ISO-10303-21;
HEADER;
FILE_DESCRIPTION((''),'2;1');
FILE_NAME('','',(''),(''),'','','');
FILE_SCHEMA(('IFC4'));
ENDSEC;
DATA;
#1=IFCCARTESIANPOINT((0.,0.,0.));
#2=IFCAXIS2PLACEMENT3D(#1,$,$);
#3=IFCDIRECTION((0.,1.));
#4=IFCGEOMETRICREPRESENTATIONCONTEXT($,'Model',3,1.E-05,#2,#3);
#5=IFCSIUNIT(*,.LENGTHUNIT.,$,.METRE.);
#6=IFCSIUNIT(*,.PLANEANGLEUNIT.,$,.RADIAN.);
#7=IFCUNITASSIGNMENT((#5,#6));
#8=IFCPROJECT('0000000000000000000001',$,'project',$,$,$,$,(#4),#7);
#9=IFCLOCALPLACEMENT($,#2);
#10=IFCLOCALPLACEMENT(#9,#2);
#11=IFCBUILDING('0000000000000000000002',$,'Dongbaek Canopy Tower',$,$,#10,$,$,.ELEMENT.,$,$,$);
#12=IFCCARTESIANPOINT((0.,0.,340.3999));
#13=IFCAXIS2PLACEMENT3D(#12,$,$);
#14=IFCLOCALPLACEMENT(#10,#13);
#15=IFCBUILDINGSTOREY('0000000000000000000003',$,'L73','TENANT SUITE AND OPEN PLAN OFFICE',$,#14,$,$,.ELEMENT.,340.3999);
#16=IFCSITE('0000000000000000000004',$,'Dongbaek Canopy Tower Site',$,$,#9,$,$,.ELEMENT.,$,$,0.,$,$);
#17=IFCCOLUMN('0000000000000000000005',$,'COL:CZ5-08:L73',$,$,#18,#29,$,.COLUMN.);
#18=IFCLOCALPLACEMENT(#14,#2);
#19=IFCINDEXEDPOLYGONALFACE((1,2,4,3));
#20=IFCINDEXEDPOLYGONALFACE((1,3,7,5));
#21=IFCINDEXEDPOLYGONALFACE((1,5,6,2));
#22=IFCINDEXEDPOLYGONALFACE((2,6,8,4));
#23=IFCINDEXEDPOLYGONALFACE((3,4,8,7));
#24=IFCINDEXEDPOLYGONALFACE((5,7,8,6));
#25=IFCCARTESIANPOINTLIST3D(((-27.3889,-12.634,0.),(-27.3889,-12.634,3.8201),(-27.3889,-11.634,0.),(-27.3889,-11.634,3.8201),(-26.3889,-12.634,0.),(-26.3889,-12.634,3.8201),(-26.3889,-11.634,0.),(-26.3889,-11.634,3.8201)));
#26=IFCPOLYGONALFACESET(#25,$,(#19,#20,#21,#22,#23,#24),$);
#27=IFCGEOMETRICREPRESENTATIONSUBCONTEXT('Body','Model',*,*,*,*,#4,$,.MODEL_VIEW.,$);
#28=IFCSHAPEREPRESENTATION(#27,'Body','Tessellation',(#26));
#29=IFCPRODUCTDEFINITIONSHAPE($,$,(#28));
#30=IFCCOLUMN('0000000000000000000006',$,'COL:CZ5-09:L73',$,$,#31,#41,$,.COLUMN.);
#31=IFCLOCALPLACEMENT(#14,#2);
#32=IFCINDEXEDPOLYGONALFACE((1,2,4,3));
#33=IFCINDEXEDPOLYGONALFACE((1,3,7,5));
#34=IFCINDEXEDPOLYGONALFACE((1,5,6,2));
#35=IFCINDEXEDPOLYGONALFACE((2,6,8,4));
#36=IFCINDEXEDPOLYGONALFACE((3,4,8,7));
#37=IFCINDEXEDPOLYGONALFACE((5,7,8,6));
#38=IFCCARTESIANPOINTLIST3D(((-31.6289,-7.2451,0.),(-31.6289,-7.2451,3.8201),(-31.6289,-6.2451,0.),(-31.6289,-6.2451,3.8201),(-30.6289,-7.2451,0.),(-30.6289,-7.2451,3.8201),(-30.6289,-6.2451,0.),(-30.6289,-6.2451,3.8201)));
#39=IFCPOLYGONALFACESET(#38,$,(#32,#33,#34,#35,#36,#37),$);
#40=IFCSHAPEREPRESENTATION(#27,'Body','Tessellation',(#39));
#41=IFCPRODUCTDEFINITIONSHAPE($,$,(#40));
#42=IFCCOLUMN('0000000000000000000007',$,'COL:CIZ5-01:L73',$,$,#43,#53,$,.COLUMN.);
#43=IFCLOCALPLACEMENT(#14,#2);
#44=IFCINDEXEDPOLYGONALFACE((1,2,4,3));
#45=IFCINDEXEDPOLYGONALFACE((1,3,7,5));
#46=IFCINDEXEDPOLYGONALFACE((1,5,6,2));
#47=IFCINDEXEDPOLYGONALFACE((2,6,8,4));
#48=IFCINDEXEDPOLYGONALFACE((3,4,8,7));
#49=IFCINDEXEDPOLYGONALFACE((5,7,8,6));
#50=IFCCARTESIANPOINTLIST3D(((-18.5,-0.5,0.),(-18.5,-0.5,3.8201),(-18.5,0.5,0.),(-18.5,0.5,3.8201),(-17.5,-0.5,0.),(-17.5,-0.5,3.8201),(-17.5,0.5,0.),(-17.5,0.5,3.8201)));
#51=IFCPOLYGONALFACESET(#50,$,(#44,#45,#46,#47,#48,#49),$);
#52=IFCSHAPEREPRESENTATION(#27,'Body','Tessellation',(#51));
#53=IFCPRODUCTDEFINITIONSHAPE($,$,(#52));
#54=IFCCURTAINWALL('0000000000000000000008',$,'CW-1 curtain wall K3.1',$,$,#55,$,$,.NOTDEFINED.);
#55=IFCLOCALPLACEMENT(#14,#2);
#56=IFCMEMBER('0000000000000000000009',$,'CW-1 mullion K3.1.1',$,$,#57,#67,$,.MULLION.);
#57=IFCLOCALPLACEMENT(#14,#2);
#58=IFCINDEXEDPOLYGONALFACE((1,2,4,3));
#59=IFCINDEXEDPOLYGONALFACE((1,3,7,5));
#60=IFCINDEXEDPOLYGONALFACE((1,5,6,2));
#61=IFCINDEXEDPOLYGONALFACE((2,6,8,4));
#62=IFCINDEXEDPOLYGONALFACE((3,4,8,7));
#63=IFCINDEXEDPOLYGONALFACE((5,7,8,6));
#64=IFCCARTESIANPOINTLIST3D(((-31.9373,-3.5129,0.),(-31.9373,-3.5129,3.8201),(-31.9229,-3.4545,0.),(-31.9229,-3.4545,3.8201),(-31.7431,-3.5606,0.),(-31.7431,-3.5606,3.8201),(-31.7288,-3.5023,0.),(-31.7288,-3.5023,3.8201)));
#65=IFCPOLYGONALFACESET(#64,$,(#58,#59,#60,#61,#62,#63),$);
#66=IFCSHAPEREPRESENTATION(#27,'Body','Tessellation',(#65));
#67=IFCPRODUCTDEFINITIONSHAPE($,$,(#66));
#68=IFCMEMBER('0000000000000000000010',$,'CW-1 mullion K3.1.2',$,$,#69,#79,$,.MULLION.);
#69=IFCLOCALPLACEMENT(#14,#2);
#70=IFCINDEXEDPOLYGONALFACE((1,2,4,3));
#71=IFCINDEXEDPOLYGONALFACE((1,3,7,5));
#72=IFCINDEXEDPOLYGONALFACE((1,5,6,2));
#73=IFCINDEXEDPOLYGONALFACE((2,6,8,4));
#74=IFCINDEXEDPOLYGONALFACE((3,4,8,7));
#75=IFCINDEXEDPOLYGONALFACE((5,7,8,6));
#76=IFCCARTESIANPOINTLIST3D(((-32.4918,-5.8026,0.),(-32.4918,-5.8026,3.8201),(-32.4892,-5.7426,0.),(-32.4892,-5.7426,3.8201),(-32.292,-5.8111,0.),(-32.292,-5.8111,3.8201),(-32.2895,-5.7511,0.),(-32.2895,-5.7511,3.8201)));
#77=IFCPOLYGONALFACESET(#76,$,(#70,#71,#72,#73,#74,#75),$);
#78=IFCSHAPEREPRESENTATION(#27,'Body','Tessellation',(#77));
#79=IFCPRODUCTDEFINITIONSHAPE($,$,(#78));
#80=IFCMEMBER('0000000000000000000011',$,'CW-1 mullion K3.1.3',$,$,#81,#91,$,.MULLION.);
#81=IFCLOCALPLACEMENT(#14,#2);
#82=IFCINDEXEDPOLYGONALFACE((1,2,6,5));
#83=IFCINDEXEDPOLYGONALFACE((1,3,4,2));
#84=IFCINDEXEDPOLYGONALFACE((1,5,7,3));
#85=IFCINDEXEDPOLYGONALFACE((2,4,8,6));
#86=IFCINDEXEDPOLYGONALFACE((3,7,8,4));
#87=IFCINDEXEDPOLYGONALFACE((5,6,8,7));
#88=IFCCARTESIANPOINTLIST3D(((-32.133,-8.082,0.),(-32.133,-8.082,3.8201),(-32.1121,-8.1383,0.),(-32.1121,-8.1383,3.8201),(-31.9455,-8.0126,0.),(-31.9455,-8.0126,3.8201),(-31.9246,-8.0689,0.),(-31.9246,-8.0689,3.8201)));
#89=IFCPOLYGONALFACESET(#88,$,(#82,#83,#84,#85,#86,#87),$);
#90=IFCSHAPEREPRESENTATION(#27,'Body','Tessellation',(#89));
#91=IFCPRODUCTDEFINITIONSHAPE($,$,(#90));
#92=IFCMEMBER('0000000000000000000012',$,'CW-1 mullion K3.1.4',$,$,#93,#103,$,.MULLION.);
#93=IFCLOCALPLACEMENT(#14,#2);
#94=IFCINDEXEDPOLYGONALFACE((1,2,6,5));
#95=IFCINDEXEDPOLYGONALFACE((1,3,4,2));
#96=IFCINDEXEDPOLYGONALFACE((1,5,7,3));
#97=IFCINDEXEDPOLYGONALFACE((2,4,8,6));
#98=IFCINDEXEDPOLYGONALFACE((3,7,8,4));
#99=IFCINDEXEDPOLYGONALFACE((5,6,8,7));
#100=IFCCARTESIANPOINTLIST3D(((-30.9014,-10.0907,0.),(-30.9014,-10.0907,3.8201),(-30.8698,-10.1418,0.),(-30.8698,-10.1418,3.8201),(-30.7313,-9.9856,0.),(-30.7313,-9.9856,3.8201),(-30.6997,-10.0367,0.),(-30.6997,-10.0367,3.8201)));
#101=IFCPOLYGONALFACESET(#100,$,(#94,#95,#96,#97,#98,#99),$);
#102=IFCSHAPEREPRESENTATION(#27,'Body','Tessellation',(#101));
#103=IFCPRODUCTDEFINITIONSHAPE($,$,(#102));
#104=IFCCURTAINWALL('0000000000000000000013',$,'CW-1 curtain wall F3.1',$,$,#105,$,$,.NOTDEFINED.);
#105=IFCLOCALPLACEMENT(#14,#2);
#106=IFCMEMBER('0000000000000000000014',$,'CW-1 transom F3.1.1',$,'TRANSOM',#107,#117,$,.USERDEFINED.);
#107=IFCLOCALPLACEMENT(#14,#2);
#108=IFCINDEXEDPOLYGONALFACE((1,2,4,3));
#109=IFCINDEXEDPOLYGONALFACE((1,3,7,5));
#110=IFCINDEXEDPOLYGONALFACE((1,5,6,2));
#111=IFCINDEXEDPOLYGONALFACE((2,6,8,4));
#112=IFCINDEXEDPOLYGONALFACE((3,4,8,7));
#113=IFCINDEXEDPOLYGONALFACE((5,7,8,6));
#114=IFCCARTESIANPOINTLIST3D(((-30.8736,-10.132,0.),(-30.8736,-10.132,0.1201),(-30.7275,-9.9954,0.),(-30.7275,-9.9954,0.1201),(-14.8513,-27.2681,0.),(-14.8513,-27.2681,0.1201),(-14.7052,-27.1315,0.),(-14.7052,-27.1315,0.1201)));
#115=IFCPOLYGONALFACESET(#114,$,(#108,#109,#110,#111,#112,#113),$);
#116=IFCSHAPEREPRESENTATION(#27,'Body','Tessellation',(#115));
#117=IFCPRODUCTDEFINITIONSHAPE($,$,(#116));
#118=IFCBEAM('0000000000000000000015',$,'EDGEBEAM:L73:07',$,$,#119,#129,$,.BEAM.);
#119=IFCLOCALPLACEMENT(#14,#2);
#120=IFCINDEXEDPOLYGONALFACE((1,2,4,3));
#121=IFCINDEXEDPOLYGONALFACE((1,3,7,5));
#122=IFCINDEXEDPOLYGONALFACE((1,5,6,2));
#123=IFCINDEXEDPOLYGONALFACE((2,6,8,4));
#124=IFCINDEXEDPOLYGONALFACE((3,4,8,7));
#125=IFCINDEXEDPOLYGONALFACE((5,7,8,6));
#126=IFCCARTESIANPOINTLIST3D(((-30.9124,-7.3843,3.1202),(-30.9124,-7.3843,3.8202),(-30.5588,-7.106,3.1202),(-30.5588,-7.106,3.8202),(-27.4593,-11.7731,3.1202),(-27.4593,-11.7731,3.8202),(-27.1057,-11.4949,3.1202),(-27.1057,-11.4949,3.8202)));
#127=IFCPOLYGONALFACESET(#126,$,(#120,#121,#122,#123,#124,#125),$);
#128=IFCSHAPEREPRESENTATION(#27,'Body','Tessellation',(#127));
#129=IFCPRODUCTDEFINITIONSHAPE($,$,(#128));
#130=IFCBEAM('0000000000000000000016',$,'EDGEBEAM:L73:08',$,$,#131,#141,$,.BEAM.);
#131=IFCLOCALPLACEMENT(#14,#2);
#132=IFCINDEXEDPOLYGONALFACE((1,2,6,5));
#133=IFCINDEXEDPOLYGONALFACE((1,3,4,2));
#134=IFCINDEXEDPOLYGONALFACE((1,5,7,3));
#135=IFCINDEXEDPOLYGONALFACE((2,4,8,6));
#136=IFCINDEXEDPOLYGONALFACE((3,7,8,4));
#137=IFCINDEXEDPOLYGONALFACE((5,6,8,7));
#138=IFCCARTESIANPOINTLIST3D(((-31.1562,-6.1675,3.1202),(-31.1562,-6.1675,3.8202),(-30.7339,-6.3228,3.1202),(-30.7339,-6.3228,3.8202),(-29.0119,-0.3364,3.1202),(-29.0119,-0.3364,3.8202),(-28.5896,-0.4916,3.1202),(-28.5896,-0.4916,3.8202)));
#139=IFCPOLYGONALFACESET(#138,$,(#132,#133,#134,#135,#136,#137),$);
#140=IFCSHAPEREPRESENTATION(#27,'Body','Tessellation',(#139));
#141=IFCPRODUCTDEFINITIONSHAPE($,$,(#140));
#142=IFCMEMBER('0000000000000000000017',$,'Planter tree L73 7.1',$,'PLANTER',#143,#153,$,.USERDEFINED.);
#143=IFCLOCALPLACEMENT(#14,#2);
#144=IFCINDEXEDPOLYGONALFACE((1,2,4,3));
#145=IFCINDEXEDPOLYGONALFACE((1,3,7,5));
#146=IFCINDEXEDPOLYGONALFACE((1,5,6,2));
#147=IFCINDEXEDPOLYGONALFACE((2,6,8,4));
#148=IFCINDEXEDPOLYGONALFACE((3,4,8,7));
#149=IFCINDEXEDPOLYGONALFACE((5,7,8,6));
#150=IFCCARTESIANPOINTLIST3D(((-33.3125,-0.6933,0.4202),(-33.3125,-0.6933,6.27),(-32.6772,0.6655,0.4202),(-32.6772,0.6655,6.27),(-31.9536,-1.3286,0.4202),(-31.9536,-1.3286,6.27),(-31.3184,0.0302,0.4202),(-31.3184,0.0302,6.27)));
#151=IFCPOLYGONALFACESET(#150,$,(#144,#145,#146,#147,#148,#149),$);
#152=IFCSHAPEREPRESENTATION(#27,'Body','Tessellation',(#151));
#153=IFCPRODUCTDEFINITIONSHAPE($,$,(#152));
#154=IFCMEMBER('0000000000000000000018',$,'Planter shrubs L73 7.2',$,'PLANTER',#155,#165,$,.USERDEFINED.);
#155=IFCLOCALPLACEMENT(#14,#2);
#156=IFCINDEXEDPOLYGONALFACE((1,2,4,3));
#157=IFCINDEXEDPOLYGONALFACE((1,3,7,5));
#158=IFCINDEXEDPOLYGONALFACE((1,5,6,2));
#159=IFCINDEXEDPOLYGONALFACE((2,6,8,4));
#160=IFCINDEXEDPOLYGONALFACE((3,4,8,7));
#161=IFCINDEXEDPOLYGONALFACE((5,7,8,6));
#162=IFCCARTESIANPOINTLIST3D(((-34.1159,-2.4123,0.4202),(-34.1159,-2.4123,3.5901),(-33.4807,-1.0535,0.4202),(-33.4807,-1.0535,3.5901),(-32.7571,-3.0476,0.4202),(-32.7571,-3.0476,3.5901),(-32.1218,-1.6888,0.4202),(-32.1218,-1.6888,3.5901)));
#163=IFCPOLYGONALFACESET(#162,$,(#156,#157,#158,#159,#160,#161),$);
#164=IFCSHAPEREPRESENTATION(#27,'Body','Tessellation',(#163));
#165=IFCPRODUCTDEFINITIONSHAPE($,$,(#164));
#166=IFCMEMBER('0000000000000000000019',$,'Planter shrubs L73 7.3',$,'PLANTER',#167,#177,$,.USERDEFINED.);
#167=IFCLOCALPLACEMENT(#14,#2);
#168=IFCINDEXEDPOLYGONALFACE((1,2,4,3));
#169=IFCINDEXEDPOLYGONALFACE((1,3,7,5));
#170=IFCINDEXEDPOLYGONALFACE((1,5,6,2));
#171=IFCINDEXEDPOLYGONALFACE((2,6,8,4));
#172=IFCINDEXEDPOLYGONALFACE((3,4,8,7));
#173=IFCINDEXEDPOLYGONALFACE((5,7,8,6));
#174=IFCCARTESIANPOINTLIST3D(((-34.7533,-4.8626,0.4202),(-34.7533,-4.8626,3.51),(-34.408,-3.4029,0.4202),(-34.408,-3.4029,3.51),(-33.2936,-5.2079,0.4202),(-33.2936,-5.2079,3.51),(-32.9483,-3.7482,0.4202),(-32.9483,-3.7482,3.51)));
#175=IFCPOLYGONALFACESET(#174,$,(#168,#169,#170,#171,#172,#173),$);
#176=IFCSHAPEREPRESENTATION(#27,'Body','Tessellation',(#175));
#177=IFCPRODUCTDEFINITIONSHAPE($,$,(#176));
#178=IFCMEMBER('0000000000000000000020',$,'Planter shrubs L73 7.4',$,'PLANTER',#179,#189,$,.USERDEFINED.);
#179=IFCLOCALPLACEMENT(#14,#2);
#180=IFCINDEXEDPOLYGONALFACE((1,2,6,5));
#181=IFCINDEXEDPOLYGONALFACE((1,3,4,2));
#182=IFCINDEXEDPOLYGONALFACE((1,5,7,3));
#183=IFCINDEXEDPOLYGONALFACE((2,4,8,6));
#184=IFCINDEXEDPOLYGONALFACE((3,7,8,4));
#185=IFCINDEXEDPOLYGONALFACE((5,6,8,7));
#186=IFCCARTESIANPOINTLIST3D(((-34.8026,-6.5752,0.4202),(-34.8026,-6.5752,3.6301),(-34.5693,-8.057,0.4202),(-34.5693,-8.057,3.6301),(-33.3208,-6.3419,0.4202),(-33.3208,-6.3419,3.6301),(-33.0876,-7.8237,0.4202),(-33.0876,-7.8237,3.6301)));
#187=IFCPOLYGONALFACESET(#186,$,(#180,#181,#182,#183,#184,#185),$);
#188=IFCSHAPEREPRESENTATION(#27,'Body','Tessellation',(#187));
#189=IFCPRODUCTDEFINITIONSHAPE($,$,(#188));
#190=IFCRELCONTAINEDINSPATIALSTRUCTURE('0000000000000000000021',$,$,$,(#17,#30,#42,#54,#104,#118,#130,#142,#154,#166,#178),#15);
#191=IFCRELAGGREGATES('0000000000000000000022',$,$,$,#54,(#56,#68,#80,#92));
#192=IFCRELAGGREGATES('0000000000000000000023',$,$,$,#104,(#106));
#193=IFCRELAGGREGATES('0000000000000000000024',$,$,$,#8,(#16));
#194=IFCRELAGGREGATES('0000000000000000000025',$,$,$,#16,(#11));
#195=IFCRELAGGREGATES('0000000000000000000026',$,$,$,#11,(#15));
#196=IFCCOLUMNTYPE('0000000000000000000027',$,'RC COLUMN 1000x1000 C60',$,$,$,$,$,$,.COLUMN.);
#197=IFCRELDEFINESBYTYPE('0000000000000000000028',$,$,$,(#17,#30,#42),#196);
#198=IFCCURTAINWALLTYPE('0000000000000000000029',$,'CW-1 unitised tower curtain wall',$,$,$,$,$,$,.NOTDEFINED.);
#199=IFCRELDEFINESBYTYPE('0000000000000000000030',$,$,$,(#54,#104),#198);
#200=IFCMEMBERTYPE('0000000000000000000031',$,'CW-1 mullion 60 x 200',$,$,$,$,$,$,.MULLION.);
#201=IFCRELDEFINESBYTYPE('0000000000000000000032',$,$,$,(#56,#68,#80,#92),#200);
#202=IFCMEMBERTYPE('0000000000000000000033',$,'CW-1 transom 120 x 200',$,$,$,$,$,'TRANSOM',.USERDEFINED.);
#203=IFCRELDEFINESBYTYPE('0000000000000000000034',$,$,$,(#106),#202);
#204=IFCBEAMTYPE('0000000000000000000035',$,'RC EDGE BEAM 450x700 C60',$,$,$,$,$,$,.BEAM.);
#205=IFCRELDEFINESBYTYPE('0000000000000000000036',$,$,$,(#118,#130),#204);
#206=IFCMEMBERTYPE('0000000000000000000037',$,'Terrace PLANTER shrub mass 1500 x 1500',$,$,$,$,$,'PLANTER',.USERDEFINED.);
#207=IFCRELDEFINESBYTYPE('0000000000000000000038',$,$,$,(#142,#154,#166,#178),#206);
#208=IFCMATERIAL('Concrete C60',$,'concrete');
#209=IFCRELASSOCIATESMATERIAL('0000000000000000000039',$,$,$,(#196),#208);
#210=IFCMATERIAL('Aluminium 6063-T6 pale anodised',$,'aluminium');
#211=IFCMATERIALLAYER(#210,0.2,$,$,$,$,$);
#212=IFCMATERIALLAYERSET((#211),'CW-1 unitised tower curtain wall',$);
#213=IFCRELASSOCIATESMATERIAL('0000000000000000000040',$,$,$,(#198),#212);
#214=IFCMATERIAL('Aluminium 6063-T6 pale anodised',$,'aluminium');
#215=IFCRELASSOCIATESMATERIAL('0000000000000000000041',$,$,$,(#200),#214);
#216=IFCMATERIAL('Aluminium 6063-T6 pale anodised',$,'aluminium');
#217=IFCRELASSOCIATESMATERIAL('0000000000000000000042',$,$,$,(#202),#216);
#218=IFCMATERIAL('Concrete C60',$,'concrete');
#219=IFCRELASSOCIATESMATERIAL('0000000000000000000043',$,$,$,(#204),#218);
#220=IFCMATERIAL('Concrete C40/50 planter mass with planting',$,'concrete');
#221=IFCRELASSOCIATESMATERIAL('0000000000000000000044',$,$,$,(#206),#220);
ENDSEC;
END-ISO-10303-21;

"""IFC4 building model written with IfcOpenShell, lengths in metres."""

from ifc_helpers import new_model, si_unit, direction, frame, origin, origin_2d, place, context, subcontext, project, spatial, rectangle, extrude, material, layer, layer_set, material_profile, profile_set, type_object, element, aggregate, save


model = new_model("IFC4")

# Units and contexts
model_context = context("Model", 3, precision=1e-05, world=origin(), true_north=direction((0.0, 1.0)))
body_context = subcontext(model_context, "Body", "Model", "MODEL_VIEW")
ifc_project = project(units=[si_unit("LENGTHUNIT", "METRE"), si_unit("PLANEANGLEUNIT", "RADIAN")], contexts=[model_context])

# Site, building, storey
site_placement = place(None, origin())
site = spatial("IfcSite", under=ifc_project, at=site_placement, Name="Dongbaek Canopy Tower Site", CompositionType="ELEMENT", RefElevation=0.0)
building_placement = place(site_placement, origin())
building = spatial("IfcBuilding", under=site, at=building_placement, Name="Dongbaek Canopy Tower", CompositionType="ELEMENT")
storey_placement = place(building_placement, frame((0.0, 0.0, 340.3999)))
storey = spatial("IfcBuildingStorey", under=building, at=storey_placement, Name="L73", Description="TENANT SUITE AND OPEN PLAN OFFICE", CompositionType="ELEMENT", Elevation=340.3999)

# Columns
ifc_material_1 = material(Name="Concrete C60", Category="concrete")
ifc_material_profile_1 = material_profile(ifc_material_1, rectangle(XDim=1.0, YDim=1.0, at=origin_2d()), Name="RC COLUMN 1000x1000 C60")
ifc_profile_set_1 = profile_set([ifc_material_profile_1], Name="Concrete C60")
column_type = type_object("IfcColumnType", Name="RC COLUMN 1000x1000 C60", PredefinedType="COLUMN", material=ifc_profile_set_1)
for number, where, z_axis, x_axis, name in (
    (1, (-26.8889, -12.134, 0.0), (0.0, 0.0, 1.0), (1.0, 0.0, 0.0), "COL:CZ5-08:L73"),
    (2, (-31.1289, -6.7451, 0.0), (0.0, 0.0, 1.0), (1.0, 0.0, 0.0), "COL:CZ5-09:L73"),
    (3, (-18.0, 0.0, 0.0), (0.0, 0.0, 1.0), (1.0, 0.0, 0.0), "COL:CIZ5-01:L73"),
):
    element("IfcColumn", number, at=place(storey_placement, frame(where, z_axis=z_axis, x_axis=x_axis)), inside=storey, type_object=column_type, Name=name, PredefinedType="COLUMN", context=body_context, shape_type="SweptSolid", body=[
        extrude(rectangle(XDim=1.0, YDim=1.0, at=origin_2d()), origin(), (0.0, 0.0, 1.0), 3.8201),
    ])

# Curtain wall, members
ifc_material_2 = material(Name="Aluminium 6063-T6 pale anodised", Category="aluminium")
ifc_layer_1 = layer(ifc_material_2, 0.2)
ifc_layer_set_1 = layer_set([ifc_layer_1], Name="CW-1 unitised tower curtain wall")
curtain_wall_type = type_object("IfcCurtainWallType", Name="CW-1 unitised tower curtain wall", PredefinedType="NOTDEFINED", material=ifc_layer_set_1)
curtain_wall_1_placement = place(storey_placement, origin())
curtain_wall_1 = element("IfcCurtainWall", 4, at=curtain_wall_1_placement, inside=storey, type_object=curtain_wall_type, Name="CW-1 curtain wall K3.1", PredefinedType="NOTDEFINED")
ifc_material_3 = material(Name="Aluminium 6063-T6 pale anodised", Category="aluminium")
ifc_material_profile_2 = material_profile(ifc_material_3, rectangle(XDim=0.2, YDim=0.0601, at=origin_2d()), Name="CW-1 mullion 60 x 200")
ifc_profile_set_2 = profile_set([ifc_material_profile_2], Name="Aluminium 6063-T6 pale anodised")
member_type_1 = type_object("IfcMemberType", Name="CW-1 mullion 60 x 200", PredefinedType="MULLION", material=ifc_profile_set_2)
member_1_placement = place(storey_placement, frame((-31.833, -3.5076, 0.0), z_axis=(0.0, 0.0, 1.0), x_axis=(-0.97111, 0.238632, 0.0)))
member_1 = element("IfcMember", 5, at=member_1_placement, type_object=member_type_1, Name="CW-1 mullion K3.1.1", PredefinedType="MULLION", context=body_context, shape_type="SweptSolid", body=[
    extrude(rectangle(XDim=0.2, YDim=0.0601, at=origin_2d()), origin(), (0.0, 0.0, 1.0), 3.8201),
])
member_2_placement = place(storey_placement, frame((-32.3906, -5.7769, 0.0), z_axis=(0.0, 0.0, 1.0), x_axis=(-0.999101, 0.042386, 0.0)))
member_2 = element("IfcMember", 6, at=member_2_placement, type_object=member_type_1, Name="CW-1 mullion K3.1.2", PredefinedType="MULLION", context=body_context, shape_type="SweptSolid", body=[
    extrude(rectangle(XDim=0.2, YDim=0.0601, at=origin_2d()), origin(), (0.0, 0.0, 1.0), 3.8201),
])
member_3_placement = place(storey_placement, frame((-32.0288, -8.0754, 0.0), z_axis=(0.0, 0.0, 1.0), x_axis=(-0.937745, -0.347325, 0.0)))
member_3 = element("IfcMember", 7, at=member_3_placement, type_object=member_type_1, Name="CW-1 mullion K3.1.3", PredefinedType="MULLION", context=body_context, shape_type="SweptSolid", body=[
    extrude(rectangle(XDim=0.2, YDim=0.0601, at=origin_2d()), origin(), (0.0, 0.0, 1.0), 3.8201),
])
member_4_placement = place(storey_placement, frame((-30.8005, -10.0637, 0.0), z_axis=(0.0, 0.0, 1.0), x_axis=(-0.850808, -0.525476, 0.0)))
member_4 = element("IfcMember", 8, at=member_4_placement, type_object=member_type_1, Name="CW-1 mullion K3.1.4", PredefinedType="MULLION", context=body_context, shape_type="SweptSolid", body=[
    extrude(rectangle(XDim=0.2, YDim=0.0601, at=origin_2d()), origin(), (0.0, 0.0, 1.0), 3.8201),
])

# Curtain wall, member
curtain_wall_2_placement = place(storey_placement, origin())
curtain_wall_2 = element("IfcCurtainWall", 9, at=curtain_wall_2_placement, inside=storey, type_object=curtain_wall_type, Name="CW-1 curtain wall F3.1", PredefinedType="NOTDEFINED")
ifc_material_4 = material(Name="Aluminium 6063-T6 pale anodised", Category="aluminium")
ifc_material_profile_3 = material_profile(ifc_material_4, rectangle(XDim=0.2, YDim=0.1201, at=origin_2d()), Name="CW-1 transom 120 x 200")
ifc_profile_set_3 = profile_set([ifc_material_profile_3], Name="Aluminium 6063-T6 pale anodised")
member_type_2 = type_object("IfcMemberType", Name="CW-1 transom 120 x 200", ElementType="TRANSOM", PredefinedType="USERDEFINED", material=ifc_profile_set_3)
member_5_placement = place(storey_placement, frame((-30.8005, -10.0637, 0.0601), z_axis=(0.68297, -0.730446, 0.0), x_axis=(0.730446, 0.68297, 0.0)))
member_5 = element("IfcMember", 10, at=member_5_placement, type_object=member_type_2, Name="CW-1 transom F3.1.1", ObjectType="TRANSOM", PredefinedType="USERDEFINED", context=body_context, shape_type="SweptSolid", body=[
    extrude(rectangle(XDim=0.2, YDim=0.1201, at=origin_2d()), origin(), (0.0, 0.0, 1.0), 23.4597),
])

# Beams
ifc_material_5 = material(Name="Concrete C60", Category="concrete")
ifc_material_profile_4 = material_profile(ifc_material_5, rectangle(XDim=0.45, YDim=0.7, at=origin_2d()), Name="RC EDGE BEAM 450x700 C60")
ifc_profile_set_4 = profile_set([ifc_material_profile_4], Name="Concrete C60")
beam_type = type_object("IfcBeamType", Name="RC EDGE BEAM 450x700 C60", PredefinedType="BEAM", material=ifc_profile_set_4)
beam_1_placement = place(storey_placement, frame((-27.2825, -11.634, 3.4702), z_axis=(-0.618341, 0.78591, 0.0), x_axis=(-0.78591, -0.618341, 0.0)))
element("IfcBeam", 11, at=beam_1_placement, inside=storey, type_object=beam_type, Name="EDGEBEAM:L73:07", PredefinedType="BEAM", context=body_context, shape_type="SweptSolid", body=[
    extrude(rectangle(XDim=0.45, YDim=0.7, at=origin_2d()), origin(), (0.0, 0.0, 1.0), 5.5845),
])
beam_2_placement = place(storey_placement, frame((-30.9451, -6.2451, 3.4702), z_axis=(0.345139, 0.938552, 0.0), x_axis=(-0.938552, 0.345139, 0.0)))
element("IfcBeam", 12, at=beam_2_placement, inside=storey, type_object=beam_type, Name="EDGEBEAM:L73:08", PredefinedType="BEAM", context=body_context, shape_type="SweptSolid", body=[
    extrude(rectangle(XDim=0.45, YDim=0.7, at=origin_2d()), origin(), (0.0, 0.0, 1.0), 6.2129),
])

# Members
ifc_material_6 = material(Name="Concrete C40/50 planter mass with planting", Category="concrete")
ifc_material_profile_5 = material_profile(ifc_material_6, rectangle(XDim=1.5, YDim=1.5, at=origin_2d()), Name="Terrace PLANTER shrub mass 1500 x 1500")
ifc_profile_set_5 = profile_set([ifc_material_profile_5], Name="Concrete C40/50 planter mass with planting")
member_type_3 = type_object("IfcMemberType", Name="Terrace PLANTER shrub mass 1500 x 1500", ElementType="PLANTER", PredefinedType="USERDEFINED", material=ifc_profile_set_5)
member_6_placement = place(storey_placement, frame((-32.3154, -0.3315, 0.4202), z_axis=(0.0, 0.0, 1.0), x_axis=(-0.905889, 0.423515, 0.0)))
element("IfcMember", 13, at=member_6_placement, inside=storey, type_object=member_type_3, Name="Planter tree L73 7.1", ObjectType="PLANTER", PredefinedType="USERDEFINED", context=body_context, shape_type="SweptSolid", body=[
    extrude(rectangle(XDim=1.5, YDim=1.5, at=origin_2d()), origin(), (0.0, 0.0, 1.0), 5.8499),
])
member_7_placement = place(storey_placement, frame((-33.1189, -2.0505, 0.4202), z_axis=(0.0, 0.0, 1.0), x_axis=(-0.905889, 0.423515, 0.0)))
element("IfcMember", 14, at=member_7_placement, inside=storey, type_object=member_type_3, Name="Planter shrubs L73 7.2", ObjectType="PLANTER", PredefinedType="USERDEFINED", context=body_context, shape_type="SweptSolid", body=[
    extrude(rectangle(XDim=1.5, YDim=1.5, at=origin_2d()), origin(), (0.0, 0.0, 1.0), 3.1699),
])
member_8_placement = place(storey_placement, frame((-33.8508, -4.3054, 0.4202), z_axis=(0.0, 0.0, 1.0), x_axis=(-0.973144, 0.230198, 0.0)))
element("IfcMember", 15, at=member_8_placement, inside=storey, type_object=member_type_3, Name="Planter shrubs L73 7.3", ObjectType="PLANTER", PredefinedType="USERDEFINED", context=body_context, shape_type="SweptSolid", body=[
    extrude(rectangle(XDim=1.5, YDim=1.5, at=origin_2d()), origin(), (0.0, 0.0, 1.0), 3.0898),
])
member_9_placement = place(storey_placement, frame((-33.9451, -7.1995, 0.4202), z_axis=(0.0, 0.0, 1.0), x_axis=(-0.987832, -0.155525, 0.0)))
element("IfcMember", 16, at=member_9_placement, inside=storey, type_object=member_type_3, Name="Planter shrubs L73 7.4", ObjectType="PLANTER", PredefinedType="USERDEFINED", context=body_context, shape_type="SweptSolid", body=[
    extrude(rectangle(XDim=1.5, YDim=1.5, at=origin_2d()), origin(), (0.0, 0.0, 1.0), 3.21),
])

aggregate(curtain_wall_1, [member_1, member_2, member_3, member_4])

aggregate(curtain_wall_2, [member_5])

save(model, "model.ifc")
